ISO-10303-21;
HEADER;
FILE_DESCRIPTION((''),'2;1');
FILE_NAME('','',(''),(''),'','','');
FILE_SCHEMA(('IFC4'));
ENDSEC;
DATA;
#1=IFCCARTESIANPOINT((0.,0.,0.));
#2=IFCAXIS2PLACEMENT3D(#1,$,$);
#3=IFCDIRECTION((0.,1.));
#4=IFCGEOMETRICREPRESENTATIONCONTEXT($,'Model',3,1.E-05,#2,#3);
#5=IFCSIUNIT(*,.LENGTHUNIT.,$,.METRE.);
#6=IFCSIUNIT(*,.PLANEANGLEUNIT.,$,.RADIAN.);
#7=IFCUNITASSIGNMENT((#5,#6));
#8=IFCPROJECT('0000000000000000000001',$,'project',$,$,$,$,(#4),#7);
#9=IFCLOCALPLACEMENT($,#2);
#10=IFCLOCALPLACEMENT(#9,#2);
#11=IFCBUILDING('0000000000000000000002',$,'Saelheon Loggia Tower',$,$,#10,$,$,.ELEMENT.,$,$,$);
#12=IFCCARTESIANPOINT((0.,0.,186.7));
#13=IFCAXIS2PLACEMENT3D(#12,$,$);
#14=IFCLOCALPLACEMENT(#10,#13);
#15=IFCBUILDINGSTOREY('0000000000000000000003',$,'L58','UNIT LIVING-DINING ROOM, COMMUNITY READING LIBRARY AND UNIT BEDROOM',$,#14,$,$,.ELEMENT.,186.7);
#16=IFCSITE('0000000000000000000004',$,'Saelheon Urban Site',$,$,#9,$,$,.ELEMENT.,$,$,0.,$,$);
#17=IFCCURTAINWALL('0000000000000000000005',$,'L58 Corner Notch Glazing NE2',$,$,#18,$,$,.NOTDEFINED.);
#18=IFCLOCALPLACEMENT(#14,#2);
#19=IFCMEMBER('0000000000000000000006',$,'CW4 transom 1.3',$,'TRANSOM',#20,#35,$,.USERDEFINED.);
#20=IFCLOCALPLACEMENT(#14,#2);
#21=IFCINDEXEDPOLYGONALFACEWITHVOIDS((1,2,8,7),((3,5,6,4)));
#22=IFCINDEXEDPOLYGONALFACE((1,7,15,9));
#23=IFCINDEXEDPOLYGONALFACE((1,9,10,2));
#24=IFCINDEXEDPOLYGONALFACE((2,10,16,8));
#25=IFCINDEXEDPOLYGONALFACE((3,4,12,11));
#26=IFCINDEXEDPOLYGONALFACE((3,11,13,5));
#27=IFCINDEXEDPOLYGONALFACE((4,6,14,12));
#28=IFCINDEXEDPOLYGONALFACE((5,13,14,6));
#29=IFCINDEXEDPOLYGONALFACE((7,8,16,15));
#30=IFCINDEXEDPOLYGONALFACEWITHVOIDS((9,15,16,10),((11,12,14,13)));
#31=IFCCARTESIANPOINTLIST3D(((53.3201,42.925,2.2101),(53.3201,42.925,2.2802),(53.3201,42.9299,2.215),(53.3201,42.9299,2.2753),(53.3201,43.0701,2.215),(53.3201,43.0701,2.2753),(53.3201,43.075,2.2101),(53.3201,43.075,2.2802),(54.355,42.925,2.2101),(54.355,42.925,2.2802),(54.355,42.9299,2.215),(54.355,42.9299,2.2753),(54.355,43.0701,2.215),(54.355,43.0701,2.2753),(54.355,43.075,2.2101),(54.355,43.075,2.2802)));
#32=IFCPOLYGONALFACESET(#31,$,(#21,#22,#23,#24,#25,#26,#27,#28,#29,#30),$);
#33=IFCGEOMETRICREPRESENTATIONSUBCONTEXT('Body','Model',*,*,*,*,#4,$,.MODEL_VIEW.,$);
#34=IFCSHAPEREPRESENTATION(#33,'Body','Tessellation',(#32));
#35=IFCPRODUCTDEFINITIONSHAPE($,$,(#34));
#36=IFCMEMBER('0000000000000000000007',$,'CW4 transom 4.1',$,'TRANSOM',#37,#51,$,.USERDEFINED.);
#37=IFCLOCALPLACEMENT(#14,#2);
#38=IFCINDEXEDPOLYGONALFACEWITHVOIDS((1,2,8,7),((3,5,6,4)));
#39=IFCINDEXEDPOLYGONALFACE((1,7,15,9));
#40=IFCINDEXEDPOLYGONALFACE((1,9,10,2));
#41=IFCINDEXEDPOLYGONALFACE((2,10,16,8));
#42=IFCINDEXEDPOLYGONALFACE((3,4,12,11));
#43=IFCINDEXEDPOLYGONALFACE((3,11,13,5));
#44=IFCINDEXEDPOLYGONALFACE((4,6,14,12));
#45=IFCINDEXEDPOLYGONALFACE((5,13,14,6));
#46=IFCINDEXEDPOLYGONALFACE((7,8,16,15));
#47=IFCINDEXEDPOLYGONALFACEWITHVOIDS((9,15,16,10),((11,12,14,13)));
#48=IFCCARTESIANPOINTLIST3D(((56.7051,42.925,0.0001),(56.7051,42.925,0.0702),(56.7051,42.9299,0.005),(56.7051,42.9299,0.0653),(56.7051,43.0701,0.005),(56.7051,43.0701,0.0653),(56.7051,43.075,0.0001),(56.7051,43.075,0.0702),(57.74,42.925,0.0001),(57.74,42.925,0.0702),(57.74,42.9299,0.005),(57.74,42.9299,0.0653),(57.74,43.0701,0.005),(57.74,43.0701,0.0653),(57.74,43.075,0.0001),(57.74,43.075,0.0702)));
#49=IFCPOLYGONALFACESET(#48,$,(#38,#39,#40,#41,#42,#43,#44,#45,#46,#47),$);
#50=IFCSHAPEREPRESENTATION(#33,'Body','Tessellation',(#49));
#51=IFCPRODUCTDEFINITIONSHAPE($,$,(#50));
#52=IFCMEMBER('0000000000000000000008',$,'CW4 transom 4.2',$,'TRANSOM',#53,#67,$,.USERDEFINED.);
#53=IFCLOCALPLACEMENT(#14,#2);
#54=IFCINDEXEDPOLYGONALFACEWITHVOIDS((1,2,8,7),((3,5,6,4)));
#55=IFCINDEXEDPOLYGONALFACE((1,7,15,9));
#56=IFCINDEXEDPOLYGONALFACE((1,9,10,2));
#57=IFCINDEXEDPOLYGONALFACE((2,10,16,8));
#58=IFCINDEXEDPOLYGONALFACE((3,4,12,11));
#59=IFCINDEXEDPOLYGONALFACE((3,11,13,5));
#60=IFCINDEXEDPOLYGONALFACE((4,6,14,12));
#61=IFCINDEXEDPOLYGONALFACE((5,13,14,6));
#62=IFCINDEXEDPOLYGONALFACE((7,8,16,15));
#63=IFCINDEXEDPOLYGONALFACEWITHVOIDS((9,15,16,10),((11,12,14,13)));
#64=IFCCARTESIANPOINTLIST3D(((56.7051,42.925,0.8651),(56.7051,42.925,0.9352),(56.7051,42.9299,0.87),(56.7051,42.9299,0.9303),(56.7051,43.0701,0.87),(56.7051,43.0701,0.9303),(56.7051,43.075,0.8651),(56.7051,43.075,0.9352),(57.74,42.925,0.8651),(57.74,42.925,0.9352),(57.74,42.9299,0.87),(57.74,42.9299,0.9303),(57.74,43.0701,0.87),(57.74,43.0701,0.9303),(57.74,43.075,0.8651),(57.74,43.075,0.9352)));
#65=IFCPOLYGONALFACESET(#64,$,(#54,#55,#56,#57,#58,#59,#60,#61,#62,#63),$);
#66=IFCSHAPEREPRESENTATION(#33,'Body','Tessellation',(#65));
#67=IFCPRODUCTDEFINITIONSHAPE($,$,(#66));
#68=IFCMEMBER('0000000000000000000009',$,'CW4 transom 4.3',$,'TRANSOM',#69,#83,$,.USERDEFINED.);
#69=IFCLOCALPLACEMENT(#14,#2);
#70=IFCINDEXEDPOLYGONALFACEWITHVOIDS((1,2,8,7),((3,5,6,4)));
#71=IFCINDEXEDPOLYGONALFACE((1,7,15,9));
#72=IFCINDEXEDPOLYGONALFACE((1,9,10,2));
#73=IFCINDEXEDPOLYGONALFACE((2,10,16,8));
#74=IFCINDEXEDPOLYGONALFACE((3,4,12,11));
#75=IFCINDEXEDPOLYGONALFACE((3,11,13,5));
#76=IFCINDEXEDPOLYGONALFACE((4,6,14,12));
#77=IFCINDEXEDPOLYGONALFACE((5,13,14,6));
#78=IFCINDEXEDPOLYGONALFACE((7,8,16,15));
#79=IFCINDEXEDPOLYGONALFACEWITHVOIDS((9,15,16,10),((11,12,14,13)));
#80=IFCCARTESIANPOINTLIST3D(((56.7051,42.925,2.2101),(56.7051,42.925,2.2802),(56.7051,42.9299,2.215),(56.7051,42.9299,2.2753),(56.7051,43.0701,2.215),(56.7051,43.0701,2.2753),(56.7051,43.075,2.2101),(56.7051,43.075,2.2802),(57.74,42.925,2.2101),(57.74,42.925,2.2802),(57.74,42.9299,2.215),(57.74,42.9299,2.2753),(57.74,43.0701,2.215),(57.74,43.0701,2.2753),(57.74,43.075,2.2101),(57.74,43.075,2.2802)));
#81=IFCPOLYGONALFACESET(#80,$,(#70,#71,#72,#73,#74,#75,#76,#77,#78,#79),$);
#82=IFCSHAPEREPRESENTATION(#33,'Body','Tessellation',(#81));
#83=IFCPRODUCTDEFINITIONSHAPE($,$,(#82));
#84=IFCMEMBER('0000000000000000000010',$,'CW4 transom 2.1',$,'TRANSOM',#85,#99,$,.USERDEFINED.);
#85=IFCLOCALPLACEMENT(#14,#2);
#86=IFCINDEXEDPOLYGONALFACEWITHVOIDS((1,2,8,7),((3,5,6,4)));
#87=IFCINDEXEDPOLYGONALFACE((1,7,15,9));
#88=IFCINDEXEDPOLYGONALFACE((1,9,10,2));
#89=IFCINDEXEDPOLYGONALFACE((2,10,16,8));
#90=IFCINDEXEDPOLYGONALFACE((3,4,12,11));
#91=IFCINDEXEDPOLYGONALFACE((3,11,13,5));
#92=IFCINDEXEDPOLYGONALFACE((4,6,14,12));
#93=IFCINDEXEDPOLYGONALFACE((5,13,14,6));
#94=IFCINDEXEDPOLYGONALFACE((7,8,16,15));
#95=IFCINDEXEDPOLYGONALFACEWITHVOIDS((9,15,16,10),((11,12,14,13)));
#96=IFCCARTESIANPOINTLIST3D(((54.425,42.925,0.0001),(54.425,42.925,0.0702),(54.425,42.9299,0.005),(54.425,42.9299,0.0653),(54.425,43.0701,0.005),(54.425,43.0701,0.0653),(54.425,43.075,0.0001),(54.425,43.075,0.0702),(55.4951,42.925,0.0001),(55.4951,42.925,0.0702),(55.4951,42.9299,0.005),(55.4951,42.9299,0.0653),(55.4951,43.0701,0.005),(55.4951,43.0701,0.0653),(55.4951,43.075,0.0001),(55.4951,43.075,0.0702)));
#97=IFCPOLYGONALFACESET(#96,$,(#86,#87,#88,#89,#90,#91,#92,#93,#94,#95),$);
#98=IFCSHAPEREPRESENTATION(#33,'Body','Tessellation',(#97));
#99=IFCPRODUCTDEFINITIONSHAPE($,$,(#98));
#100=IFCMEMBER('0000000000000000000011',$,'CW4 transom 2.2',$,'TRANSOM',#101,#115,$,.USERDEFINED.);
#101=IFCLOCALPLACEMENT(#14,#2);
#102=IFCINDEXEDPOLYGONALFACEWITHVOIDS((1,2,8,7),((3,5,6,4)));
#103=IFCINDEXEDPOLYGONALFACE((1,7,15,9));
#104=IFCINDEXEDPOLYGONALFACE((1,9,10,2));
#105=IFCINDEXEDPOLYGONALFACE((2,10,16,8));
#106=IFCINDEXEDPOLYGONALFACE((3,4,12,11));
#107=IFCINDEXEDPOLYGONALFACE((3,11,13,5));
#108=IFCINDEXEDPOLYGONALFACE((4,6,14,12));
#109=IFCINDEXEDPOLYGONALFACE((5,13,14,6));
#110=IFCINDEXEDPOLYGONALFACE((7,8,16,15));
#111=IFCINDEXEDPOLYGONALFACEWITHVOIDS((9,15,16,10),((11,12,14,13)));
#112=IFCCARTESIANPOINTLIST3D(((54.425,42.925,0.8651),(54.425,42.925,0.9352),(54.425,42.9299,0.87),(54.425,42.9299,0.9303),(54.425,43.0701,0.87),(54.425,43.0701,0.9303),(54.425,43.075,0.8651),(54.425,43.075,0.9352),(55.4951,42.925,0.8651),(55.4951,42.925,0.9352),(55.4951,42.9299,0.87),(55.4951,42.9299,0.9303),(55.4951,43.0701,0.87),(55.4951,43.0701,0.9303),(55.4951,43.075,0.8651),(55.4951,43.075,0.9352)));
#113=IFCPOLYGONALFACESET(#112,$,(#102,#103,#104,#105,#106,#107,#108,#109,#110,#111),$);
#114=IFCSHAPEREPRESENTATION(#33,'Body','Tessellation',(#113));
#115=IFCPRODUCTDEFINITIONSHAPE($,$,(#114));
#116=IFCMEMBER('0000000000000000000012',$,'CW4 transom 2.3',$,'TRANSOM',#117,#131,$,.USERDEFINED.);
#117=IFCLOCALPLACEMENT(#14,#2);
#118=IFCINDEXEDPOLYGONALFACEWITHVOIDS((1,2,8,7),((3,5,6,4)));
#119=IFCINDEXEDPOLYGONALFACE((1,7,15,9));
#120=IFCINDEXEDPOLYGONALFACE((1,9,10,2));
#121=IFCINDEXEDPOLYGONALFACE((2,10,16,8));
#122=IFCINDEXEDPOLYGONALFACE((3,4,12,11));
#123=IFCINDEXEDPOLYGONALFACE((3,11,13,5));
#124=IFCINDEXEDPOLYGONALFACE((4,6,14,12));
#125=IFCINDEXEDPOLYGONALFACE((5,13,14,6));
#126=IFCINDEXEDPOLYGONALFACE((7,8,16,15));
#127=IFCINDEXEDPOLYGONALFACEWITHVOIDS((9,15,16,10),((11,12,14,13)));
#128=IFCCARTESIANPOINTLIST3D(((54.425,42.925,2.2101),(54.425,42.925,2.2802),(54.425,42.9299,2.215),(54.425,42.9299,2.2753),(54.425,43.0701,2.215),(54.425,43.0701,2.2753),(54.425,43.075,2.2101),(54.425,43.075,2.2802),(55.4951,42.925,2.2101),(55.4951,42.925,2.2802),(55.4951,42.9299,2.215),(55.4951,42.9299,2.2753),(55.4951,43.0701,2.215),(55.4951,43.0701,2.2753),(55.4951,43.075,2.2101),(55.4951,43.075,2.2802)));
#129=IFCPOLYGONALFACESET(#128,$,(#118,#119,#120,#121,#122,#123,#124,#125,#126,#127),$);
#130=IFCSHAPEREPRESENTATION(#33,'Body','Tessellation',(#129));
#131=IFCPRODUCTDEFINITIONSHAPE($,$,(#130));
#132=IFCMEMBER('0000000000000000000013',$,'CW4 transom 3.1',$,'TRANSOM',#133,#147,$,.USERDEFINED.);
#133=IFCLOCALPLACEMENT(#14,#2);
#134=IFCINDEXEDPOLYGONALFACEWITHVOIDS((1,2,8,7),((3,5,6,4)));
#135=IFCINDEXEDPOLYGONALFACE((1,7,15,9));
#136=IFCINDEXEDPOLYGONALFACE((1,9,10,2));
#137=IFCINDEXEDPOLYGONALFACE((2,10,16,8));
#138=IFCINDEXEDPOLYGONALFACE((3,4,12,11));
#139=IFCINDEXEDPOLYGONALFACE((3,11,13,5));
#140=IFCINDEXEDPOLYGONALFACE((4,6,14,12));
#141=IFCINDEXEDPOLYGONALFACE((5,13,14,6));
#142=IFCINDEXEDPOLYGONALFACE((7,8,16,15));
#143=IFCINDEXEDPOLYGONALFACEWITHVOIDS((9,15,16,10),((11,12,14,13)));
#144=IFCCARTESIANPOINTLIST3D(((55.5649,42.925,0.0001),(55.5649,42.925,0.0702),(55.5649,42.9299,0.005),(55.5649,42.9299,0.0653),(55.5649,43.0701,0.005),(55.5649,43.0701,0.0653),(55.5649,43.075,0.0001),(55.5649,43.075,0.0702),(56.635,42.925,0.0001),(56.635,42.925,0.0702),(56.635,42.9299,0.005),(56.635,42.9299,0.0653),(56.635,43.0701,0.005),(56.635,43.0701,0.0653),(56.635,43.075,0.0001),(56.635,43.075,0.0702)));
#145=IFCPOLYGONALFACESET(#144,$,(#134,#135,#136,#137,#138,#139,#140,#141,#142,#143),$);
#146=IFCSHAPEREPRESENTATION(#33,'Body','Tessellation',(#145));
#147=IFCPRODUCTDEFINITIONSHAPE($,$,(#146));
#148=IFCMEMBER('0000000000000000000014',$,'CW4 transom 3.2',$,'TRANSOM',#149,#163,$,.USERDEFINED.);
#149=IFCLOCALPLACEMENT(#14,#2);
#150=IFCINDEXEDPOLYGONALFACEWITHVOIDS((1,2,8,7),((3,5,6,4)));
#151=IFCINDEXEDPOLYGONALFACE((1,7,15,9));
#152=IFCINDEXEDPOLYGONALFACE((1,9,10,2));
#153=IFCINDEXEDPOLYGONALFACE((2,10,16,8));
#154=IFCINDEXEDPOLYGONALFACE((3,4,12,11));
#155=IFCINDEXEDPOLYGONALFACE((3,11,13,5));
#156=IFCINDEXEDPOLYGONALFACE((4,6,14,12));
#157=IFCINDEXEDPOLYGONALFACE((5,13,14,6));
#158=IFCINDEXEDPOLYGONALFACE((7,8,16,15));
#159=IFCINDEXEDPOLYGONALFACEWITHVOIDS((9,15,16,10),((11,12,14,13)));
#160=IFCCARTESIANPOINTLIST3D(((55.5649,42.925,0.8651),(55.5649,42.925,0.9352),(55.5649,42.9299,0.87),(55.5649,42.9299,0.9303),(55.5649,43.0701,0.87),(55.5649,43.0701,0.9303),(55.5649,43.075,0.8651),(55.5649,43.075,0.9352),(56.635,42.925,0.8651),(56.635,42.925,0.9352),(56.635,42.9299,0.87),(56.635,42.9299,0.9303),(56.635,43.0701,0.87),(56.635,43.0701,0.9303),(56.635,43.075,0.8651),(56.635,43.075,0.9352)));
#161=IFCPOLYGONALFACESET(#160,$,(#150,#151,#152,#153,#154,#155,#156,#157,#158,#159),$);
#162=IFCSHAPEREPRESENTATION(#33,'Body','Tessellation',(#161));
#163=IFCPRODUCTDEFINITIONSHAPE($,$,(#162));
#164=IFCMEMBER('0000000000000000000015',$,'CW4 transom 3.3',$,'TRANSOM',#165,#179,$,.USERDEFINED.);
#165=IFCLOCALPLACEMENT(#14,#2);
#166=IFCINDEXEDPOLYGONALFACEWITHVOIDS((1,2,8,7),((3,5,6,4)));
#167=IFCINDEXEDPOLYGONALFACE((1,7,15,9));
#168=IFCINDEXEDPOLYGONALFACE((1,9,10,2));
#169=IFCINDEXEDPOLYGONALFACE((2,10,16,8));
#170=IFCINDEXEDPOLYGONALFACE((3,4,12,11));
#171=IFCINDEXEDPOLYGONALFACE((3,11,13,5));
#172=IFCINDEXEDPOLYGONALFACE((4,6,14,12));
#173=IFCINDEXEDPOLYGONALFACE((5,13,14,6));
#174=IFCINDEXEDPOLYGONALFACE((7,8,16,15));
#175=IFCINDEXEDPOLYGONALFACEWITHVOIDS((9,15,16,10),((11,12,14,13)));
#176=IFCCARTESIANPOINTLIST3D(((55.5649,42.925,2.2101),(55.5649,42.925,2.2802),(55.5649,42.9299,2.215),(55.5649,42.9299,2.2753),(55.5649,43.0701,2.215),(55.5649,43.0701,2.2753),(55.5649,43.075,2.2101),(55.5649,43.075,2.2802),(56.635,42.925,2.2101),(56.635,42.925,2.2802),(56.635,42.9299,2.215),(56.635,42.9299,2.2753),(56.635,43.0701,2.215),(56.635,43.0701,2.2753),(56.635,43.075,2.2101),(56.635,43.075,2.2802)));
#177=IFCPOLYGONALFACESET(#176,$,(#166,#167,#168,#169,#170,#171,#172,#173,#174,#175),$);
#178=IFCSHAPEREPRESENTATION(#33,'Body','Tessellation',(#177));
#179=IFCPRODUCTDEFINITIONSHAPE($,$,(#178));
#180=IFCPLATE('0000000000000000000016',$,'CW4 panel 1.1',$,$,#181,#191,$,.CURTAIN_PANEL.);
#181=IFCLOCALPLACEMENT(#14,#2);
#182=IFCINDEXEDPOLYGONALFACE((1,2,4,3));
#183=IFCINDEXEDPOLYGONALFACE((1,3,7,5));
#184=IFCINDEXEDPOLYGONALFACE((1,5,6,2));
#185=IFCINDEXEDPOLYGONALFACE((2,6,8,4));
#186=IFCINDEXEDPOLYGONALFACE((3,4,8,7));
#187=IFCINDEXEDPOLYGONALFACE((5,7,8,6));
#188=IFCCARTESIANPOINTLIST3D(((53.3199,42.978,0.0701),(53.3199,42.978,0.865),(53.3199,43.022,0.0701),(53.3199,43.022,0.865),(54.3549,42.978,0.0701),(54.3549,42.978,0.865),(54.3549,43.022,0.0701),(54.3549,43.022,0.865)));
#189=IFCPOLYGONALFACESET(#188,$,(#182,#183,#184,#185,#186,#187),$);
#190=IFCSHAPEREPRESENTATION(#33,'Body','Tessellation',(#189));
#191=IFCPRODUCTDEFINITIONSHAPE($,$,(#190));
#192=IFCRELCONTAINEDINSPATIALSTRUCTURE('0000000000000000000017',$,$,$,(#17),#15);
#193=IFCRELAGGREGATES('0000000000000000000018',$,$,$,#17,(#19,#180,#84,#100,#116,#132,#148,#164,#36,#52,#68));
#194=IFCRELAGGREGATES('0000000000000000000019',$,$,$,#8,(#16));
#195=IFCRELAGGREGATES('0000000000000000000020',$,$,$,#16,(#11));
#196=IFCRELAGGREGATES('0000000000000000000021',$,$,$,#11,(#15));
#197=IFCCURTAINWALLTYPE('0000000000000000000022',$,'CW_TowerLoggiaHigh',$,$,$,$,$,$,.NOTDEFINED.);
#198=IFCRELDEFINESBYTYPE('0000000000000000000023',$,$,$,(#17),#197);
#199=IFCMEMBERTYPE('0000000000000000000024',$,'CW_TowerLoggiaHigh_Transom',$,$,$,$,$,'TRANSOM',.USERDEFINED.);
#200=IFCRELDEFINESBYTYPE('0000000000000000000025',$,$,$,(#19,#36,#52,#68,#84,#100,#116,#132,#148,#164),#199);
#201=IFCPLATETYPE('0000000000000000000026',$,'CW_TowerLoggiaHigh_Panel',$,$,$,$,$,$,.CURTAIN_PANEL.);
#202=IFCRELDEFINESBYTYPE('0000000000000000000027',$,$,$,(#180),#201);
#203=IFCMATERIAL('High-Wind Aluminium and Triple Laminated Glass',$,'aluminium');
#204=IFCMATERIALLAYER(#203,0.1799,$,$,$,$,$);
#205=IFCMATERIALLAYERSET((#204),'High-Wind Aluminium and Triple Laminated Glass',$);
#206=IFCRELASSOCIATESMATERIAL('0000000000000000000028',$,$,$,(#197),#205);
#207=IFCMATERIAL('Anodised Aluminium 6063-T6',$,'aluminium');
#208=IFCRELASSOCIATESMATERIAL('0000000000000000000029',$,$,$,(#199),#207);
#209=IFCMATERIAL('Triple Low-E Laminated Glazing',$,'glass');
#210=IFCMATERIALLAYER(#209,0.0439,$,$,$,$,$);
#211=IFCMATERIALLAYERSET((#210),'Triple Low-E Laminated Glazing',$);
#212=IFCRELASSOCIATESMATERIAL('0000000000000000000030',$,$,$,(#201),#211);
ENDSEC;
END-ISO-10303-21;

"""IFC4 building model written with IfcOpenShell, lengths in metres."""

from ifc_helpers import new_model, si_unit, direction, frame, origin, origin_2d, place, context, subcontext, project, spatial, rectangle, hollow_rectangle, extrude, source, transform, mapped, material, layer, layer_set, material_profile, profile_set, type_object, element, aggregate, save


model = new_model("IFC4")

# Units and contexts
model_context = context("Model", 3, precision=1e-05, world=origin(), true_north=direction((0.0, 1.0)))
body_context = subcontext(model_context, "Body", "Model", "MODEL_VIEW")
ifc_project = project(units=[si_unit("LENGTHUNIT", "METRE"), si_unit("PLANEANGLEUNIT", "RADIAN")], contexts=[model_context])

# Site, building, storey
site_placement = place(None, origin())
site = spatial("IfcSite", under=ifc_project, at=site_placement, Name="Saelheon Urban Site", CompositionType="ELEMENT", RefElevation=0.0)
building_placement = place(site_placement, origin())
building = spatial("IfcBuilding", under=site, at=building_placement, Name="Saelheon Loggia Tower", CompositionType="ELEMENT")
storey_placement = place(building_placement, frame((0.0, 0.0, 186.7)))
storey = spatial("IfcBuildingStorey", under=building, at=storey_placement, Name="L58", Description="UNIT LIVING-DINING ROOM, COMMUNITY READING LIBRARY AND UNIT BEDROOM", CompositionType="ELEMENT", Elevation=186.7)

# Curtain wall, members, plate
ifc_material_1 = material(Name="High-Wind Aluminium and Triple Laminated Glass", Category="aluminium")
ifc_layer_1 = layer(ifc_material_1, 0.1799)
ifc_layer_set_1 = layer_set([ifc_layer_1], Name="High-Wind Aluminium and Triple Laminated Glass")
curtain_wall_type = type_object("IfcCurtainWallType", Name="CW_TowerLoggiaHigh", PredefinedType="NOTDEFINED", material=ifc_layer_set_1)
curtain_wall_placement = place(storey_placement, origin())
curtain_wall = element("IfcCurtainWall", 1, at=curtain_wall_placement, inside=storey, type_object=curtain_wall_type, Name="L58 Corner Notch Glazing NE2", PredefinedType="NOTDEFINED")
ifc_material_2 = material(Name="Anodised Aluminium 6063-T6", Category="aluminium")
ifc_material_profile_1 = material_profile(ifc_material_2, hollow_rectangle(XDim=0.0701, YDim=0.1499, WallThickness=0.0049, at=origin_2d()), Name="RHS-150x70x5")
ifc_profile_set_1 = profile_set([ifc_material_profile_1], Name="Anodised Aluminium 6063-T6")
member_type_1 = type_object("IfcMemberType", Name="CW_TowerLoggiaHigh_Transom", ElementType="TRANSOM", PredefinedType="USERDEFINED", material=ifc_profile_set_1)
shared_shape_1 = source(origin(), body_context, "Body", "SweptSolid", [
    extrude(hollow_rectangle(XDim=0.0701, YDim=0.1499, WallThickness=0.0049, at=origin_2d()), origin(), (0.0, 0.0, 1.0), 1.0349),
])
member_1_placement = place(storey_placement, frame((53.3201, 43.0, 2.2451), z_axis=(1.0, 0.0, 0.0), x_axis=(0.0, 0.0, 1.0)))
member_1 = element("IfcMember", 2, at=member_1_placement, type_object=member_type_1, Name="CW4 transom 1.3", ObjectType="TRANSOM", PredefinedType="USERDEFINED", context=body_context, shape_type="MappedRepresentation", body=[
    mapped(shared_shape_1, transform((0.0, 0.0, 0.0), scale=1.0)),
])
member_2_placement = place(storey_placement, frame((56.7051, 43.0, 0.0352), z_axis=(1.0, 0.0, 0.0), x_axis=(0.0, 0.0, 1.0)))
member_2 = element("IfcMember", 3, at=member_2_placement, type_object=member_type_1, Name="CW4 transom 4.1", ObjectType="TRANSOM", PredefinedType="USERDEFINED", context=body_context, shape_type="MappedRepresentation", body=[
    mapped(shared_shape_1, transform((0.0, 0.0, 0.0), scale=1.0)),
])
member_3_placement = place(storey_placement, frame((56.7051, 43.0, 0.9001), z_axis=(1.0, 0.0, 0.0), x_axis=(0.0, 0.0, 1.0)))
member_3 = element("IfcMember", 4, at=member_3_placement, type_object=member_type_1, Name="CW4 transom 4.2", ObjectType="TRANSOM", PredefinedType="USERDEFINED", context=body_context, shape_type="MappedRepresentation", body=[
    mapped(shared_shape_1, transform((0.0, 0.0, 0.0), scale=1.0)),
])
member_4_placement = place(storey_placement, frame((56.7051, 43.0, 2.2451), z_axis=(1.0, 0.0, 0.0), x_axis=(0.0, 0.0, 1.0)))
member_4 = element("IfcMember", 5, at=member_4_placement, type_object=member_type_1, Name="CW4 transom 4.3", ObjectType="TRANSOM", PredefinedType="USERDEFINED", context=body_context, shape_type="MappedRepresentation", body=[
    mapped(shared_shape_1, transform((0.0, 0.0, 0.0), scale=1.0)),
])
shared_shape_2 = source(origin(), body_context, "Body", "SweptSolid", [
    extrude(hollow_rectangle(XDim=0.0701, YDim=0.1499, WallThickness=0.0049, at=origin_2d()), origin(), (0.0, 0.0, 1.0), 1.0701),
])
member_5_placement = place(storey_placement, frame((54.425, 43.0, 0.0352), z_axis=(1.0, 0.0, 0.0), x_axis=(0.0, 0.0, 1.0)))
member_5 = element("IfcMember", 6, at=member_5_placement, type_object=member_type_1, Name="CW4 transom 2.1", ObjectType="TRANSOM", PredefinedType="USERDEFINED", context=body_context, shape_type="MappedRepresentation", body=[
    mapped(shared_shape_2, transform((0.0, 0.0, 0.0), scale=1.0)),
])
member_6_placement = place(storey_placement, frame((54.425, 43.0, 0.9001), z_axis=(1.0, 0.0, 0.0), x_axis=(0.0, 0.0, 1.0)))
member_6 = element("IfcMember", 7, at=member_6_placement, type_object=member_type_1, Name="CW4 transom 2.2", ObjectType="TRANSOM", PredefinedType="USERDEFINED", context=body_context, shape_type="MappedRepresentation", body=[
    mapped(shared_shape_2, transform((0.0, 0.0, 0.0), scale=1.0)),
])
member_7_placement = place(storey_placement, frame((54.425, 43.0, 2.2451), z_axis=(1.0, 0.0, 0.0), x_axis=(0.0, 0.0, 1.0)))
member_7 = element("IfcMember", 8, at=member_7_placement, type_object=member_type_1, Name="CW4 transom 2.3", ObjectType="TRANSOM", PredefinedType="USERDEFINED", context=body_context, shape_type="MappedRepresentation", body=[
    mapped(shared_shape_2, transform((0.0, 0.0, 0.0), scale=1.0)),
])
member_8_placement = place(storey_placement, frame((55.5649, 43.0, 0.0352), z_axis=(1.0, 0.0, 0.0), x_axis=(0.0, 0.0, 1.0)))
member_8 = element("IfcMember", 9, at=member_8_placement, type_object=member_type_1, Name="CW4 transom 3.1", ObjectType="TRANSOM", PredefinedType="USERDEFINED", context=body_context, shape_type="MappedRepresentation", body=[
    mapped(shared_shape_2, transform((0.0, 0.0, 0.0), scale=1.0)),
])
member_9_placement = place(storey_placement, frame((55.5649, 43.0, 0.9001), z_axis=(1.0, 0.0, 0.0), x_axis=(0.0, 0.0, 1.0)))
member_9 = element("IfcMember", 10, at=member_9_placement, type_object=member_type_1, Name="CW4 transom 3.2", ObjectType="TRANSOM", PredefinedType="USERDEFINED", context=body_context, shape_type="MappedRepresentation", body=[
    mapped(shared_shape_2, transform((0.0, 0.0, 0.0), scale=1.0)),
])
member_10_placement = place(storey_placement, frame((55.5649, 43.0, 2.2451), z_axis=(1.0, 0.0, 0.0), x_axis=(0.0, 0.0, 1.0)))
member_10 = element("IfcMember", 11, at=member_10_placement, type_object=member_type_1, Name="CW4 transom 3.3", ObjectType="TRANSOM", PredefinedType="USERDEFINED", context=body_context, shape_type="MappedRepresentation", body=[
    mapped(shared_shape_2, transform((0.0, 0.0, 0.0), scale=1.0)),
])
ifc_material_3 = material(Name="Triple Low-E Laminated Glazing", Category="glass")
ifc_layer_2 = layer(ifc_material_3, 0.0439)
ifc_layer_set_2 = layer_set([ifc_layer_2], Name="Triple Low-E Laminated Glazing")
plate_type = type_object("IfcPlateType", Name="CW_TowerLoggiaHigh_Panel", PredefinedType="CURTAIN_PANEL", material=ifc_layer_set_2)
shared_shape_3 = source(origin(), body_context, "Body", "SweptSolid", [
    extrude(rectangle(XDim=1.0349, YDim=0.0439, at=origin_2d()), origin(), (0.0, 0.0, 1.0), 0.7949),
])
plate_1_placement = place(storey_placement, frame((53.8374, 43.0, 0.0701), z_axis=(0.0, 0.0, 1.0), x_axis=(1.0, 0.0, 0.0)))
plate_1 = element("IfcPlate", 12, at=plate_1_placement, type_object=plate_type, Name="CW4 panel 1.1", PredefinedType="CURTAIN_PANEL", context=body_context, shape_type="MappedRepresentation", body=[
    mapped(shared_shape_3, transform((0.0, 0.0, 0.0), scale=1.0)),
])
aggregate(curtain_wall, [member_1, plate_1, member_5, member_6, member_7, member_8, member_9, member_10, member_2, member_3, member_4])

save(model, "model.ifc")
